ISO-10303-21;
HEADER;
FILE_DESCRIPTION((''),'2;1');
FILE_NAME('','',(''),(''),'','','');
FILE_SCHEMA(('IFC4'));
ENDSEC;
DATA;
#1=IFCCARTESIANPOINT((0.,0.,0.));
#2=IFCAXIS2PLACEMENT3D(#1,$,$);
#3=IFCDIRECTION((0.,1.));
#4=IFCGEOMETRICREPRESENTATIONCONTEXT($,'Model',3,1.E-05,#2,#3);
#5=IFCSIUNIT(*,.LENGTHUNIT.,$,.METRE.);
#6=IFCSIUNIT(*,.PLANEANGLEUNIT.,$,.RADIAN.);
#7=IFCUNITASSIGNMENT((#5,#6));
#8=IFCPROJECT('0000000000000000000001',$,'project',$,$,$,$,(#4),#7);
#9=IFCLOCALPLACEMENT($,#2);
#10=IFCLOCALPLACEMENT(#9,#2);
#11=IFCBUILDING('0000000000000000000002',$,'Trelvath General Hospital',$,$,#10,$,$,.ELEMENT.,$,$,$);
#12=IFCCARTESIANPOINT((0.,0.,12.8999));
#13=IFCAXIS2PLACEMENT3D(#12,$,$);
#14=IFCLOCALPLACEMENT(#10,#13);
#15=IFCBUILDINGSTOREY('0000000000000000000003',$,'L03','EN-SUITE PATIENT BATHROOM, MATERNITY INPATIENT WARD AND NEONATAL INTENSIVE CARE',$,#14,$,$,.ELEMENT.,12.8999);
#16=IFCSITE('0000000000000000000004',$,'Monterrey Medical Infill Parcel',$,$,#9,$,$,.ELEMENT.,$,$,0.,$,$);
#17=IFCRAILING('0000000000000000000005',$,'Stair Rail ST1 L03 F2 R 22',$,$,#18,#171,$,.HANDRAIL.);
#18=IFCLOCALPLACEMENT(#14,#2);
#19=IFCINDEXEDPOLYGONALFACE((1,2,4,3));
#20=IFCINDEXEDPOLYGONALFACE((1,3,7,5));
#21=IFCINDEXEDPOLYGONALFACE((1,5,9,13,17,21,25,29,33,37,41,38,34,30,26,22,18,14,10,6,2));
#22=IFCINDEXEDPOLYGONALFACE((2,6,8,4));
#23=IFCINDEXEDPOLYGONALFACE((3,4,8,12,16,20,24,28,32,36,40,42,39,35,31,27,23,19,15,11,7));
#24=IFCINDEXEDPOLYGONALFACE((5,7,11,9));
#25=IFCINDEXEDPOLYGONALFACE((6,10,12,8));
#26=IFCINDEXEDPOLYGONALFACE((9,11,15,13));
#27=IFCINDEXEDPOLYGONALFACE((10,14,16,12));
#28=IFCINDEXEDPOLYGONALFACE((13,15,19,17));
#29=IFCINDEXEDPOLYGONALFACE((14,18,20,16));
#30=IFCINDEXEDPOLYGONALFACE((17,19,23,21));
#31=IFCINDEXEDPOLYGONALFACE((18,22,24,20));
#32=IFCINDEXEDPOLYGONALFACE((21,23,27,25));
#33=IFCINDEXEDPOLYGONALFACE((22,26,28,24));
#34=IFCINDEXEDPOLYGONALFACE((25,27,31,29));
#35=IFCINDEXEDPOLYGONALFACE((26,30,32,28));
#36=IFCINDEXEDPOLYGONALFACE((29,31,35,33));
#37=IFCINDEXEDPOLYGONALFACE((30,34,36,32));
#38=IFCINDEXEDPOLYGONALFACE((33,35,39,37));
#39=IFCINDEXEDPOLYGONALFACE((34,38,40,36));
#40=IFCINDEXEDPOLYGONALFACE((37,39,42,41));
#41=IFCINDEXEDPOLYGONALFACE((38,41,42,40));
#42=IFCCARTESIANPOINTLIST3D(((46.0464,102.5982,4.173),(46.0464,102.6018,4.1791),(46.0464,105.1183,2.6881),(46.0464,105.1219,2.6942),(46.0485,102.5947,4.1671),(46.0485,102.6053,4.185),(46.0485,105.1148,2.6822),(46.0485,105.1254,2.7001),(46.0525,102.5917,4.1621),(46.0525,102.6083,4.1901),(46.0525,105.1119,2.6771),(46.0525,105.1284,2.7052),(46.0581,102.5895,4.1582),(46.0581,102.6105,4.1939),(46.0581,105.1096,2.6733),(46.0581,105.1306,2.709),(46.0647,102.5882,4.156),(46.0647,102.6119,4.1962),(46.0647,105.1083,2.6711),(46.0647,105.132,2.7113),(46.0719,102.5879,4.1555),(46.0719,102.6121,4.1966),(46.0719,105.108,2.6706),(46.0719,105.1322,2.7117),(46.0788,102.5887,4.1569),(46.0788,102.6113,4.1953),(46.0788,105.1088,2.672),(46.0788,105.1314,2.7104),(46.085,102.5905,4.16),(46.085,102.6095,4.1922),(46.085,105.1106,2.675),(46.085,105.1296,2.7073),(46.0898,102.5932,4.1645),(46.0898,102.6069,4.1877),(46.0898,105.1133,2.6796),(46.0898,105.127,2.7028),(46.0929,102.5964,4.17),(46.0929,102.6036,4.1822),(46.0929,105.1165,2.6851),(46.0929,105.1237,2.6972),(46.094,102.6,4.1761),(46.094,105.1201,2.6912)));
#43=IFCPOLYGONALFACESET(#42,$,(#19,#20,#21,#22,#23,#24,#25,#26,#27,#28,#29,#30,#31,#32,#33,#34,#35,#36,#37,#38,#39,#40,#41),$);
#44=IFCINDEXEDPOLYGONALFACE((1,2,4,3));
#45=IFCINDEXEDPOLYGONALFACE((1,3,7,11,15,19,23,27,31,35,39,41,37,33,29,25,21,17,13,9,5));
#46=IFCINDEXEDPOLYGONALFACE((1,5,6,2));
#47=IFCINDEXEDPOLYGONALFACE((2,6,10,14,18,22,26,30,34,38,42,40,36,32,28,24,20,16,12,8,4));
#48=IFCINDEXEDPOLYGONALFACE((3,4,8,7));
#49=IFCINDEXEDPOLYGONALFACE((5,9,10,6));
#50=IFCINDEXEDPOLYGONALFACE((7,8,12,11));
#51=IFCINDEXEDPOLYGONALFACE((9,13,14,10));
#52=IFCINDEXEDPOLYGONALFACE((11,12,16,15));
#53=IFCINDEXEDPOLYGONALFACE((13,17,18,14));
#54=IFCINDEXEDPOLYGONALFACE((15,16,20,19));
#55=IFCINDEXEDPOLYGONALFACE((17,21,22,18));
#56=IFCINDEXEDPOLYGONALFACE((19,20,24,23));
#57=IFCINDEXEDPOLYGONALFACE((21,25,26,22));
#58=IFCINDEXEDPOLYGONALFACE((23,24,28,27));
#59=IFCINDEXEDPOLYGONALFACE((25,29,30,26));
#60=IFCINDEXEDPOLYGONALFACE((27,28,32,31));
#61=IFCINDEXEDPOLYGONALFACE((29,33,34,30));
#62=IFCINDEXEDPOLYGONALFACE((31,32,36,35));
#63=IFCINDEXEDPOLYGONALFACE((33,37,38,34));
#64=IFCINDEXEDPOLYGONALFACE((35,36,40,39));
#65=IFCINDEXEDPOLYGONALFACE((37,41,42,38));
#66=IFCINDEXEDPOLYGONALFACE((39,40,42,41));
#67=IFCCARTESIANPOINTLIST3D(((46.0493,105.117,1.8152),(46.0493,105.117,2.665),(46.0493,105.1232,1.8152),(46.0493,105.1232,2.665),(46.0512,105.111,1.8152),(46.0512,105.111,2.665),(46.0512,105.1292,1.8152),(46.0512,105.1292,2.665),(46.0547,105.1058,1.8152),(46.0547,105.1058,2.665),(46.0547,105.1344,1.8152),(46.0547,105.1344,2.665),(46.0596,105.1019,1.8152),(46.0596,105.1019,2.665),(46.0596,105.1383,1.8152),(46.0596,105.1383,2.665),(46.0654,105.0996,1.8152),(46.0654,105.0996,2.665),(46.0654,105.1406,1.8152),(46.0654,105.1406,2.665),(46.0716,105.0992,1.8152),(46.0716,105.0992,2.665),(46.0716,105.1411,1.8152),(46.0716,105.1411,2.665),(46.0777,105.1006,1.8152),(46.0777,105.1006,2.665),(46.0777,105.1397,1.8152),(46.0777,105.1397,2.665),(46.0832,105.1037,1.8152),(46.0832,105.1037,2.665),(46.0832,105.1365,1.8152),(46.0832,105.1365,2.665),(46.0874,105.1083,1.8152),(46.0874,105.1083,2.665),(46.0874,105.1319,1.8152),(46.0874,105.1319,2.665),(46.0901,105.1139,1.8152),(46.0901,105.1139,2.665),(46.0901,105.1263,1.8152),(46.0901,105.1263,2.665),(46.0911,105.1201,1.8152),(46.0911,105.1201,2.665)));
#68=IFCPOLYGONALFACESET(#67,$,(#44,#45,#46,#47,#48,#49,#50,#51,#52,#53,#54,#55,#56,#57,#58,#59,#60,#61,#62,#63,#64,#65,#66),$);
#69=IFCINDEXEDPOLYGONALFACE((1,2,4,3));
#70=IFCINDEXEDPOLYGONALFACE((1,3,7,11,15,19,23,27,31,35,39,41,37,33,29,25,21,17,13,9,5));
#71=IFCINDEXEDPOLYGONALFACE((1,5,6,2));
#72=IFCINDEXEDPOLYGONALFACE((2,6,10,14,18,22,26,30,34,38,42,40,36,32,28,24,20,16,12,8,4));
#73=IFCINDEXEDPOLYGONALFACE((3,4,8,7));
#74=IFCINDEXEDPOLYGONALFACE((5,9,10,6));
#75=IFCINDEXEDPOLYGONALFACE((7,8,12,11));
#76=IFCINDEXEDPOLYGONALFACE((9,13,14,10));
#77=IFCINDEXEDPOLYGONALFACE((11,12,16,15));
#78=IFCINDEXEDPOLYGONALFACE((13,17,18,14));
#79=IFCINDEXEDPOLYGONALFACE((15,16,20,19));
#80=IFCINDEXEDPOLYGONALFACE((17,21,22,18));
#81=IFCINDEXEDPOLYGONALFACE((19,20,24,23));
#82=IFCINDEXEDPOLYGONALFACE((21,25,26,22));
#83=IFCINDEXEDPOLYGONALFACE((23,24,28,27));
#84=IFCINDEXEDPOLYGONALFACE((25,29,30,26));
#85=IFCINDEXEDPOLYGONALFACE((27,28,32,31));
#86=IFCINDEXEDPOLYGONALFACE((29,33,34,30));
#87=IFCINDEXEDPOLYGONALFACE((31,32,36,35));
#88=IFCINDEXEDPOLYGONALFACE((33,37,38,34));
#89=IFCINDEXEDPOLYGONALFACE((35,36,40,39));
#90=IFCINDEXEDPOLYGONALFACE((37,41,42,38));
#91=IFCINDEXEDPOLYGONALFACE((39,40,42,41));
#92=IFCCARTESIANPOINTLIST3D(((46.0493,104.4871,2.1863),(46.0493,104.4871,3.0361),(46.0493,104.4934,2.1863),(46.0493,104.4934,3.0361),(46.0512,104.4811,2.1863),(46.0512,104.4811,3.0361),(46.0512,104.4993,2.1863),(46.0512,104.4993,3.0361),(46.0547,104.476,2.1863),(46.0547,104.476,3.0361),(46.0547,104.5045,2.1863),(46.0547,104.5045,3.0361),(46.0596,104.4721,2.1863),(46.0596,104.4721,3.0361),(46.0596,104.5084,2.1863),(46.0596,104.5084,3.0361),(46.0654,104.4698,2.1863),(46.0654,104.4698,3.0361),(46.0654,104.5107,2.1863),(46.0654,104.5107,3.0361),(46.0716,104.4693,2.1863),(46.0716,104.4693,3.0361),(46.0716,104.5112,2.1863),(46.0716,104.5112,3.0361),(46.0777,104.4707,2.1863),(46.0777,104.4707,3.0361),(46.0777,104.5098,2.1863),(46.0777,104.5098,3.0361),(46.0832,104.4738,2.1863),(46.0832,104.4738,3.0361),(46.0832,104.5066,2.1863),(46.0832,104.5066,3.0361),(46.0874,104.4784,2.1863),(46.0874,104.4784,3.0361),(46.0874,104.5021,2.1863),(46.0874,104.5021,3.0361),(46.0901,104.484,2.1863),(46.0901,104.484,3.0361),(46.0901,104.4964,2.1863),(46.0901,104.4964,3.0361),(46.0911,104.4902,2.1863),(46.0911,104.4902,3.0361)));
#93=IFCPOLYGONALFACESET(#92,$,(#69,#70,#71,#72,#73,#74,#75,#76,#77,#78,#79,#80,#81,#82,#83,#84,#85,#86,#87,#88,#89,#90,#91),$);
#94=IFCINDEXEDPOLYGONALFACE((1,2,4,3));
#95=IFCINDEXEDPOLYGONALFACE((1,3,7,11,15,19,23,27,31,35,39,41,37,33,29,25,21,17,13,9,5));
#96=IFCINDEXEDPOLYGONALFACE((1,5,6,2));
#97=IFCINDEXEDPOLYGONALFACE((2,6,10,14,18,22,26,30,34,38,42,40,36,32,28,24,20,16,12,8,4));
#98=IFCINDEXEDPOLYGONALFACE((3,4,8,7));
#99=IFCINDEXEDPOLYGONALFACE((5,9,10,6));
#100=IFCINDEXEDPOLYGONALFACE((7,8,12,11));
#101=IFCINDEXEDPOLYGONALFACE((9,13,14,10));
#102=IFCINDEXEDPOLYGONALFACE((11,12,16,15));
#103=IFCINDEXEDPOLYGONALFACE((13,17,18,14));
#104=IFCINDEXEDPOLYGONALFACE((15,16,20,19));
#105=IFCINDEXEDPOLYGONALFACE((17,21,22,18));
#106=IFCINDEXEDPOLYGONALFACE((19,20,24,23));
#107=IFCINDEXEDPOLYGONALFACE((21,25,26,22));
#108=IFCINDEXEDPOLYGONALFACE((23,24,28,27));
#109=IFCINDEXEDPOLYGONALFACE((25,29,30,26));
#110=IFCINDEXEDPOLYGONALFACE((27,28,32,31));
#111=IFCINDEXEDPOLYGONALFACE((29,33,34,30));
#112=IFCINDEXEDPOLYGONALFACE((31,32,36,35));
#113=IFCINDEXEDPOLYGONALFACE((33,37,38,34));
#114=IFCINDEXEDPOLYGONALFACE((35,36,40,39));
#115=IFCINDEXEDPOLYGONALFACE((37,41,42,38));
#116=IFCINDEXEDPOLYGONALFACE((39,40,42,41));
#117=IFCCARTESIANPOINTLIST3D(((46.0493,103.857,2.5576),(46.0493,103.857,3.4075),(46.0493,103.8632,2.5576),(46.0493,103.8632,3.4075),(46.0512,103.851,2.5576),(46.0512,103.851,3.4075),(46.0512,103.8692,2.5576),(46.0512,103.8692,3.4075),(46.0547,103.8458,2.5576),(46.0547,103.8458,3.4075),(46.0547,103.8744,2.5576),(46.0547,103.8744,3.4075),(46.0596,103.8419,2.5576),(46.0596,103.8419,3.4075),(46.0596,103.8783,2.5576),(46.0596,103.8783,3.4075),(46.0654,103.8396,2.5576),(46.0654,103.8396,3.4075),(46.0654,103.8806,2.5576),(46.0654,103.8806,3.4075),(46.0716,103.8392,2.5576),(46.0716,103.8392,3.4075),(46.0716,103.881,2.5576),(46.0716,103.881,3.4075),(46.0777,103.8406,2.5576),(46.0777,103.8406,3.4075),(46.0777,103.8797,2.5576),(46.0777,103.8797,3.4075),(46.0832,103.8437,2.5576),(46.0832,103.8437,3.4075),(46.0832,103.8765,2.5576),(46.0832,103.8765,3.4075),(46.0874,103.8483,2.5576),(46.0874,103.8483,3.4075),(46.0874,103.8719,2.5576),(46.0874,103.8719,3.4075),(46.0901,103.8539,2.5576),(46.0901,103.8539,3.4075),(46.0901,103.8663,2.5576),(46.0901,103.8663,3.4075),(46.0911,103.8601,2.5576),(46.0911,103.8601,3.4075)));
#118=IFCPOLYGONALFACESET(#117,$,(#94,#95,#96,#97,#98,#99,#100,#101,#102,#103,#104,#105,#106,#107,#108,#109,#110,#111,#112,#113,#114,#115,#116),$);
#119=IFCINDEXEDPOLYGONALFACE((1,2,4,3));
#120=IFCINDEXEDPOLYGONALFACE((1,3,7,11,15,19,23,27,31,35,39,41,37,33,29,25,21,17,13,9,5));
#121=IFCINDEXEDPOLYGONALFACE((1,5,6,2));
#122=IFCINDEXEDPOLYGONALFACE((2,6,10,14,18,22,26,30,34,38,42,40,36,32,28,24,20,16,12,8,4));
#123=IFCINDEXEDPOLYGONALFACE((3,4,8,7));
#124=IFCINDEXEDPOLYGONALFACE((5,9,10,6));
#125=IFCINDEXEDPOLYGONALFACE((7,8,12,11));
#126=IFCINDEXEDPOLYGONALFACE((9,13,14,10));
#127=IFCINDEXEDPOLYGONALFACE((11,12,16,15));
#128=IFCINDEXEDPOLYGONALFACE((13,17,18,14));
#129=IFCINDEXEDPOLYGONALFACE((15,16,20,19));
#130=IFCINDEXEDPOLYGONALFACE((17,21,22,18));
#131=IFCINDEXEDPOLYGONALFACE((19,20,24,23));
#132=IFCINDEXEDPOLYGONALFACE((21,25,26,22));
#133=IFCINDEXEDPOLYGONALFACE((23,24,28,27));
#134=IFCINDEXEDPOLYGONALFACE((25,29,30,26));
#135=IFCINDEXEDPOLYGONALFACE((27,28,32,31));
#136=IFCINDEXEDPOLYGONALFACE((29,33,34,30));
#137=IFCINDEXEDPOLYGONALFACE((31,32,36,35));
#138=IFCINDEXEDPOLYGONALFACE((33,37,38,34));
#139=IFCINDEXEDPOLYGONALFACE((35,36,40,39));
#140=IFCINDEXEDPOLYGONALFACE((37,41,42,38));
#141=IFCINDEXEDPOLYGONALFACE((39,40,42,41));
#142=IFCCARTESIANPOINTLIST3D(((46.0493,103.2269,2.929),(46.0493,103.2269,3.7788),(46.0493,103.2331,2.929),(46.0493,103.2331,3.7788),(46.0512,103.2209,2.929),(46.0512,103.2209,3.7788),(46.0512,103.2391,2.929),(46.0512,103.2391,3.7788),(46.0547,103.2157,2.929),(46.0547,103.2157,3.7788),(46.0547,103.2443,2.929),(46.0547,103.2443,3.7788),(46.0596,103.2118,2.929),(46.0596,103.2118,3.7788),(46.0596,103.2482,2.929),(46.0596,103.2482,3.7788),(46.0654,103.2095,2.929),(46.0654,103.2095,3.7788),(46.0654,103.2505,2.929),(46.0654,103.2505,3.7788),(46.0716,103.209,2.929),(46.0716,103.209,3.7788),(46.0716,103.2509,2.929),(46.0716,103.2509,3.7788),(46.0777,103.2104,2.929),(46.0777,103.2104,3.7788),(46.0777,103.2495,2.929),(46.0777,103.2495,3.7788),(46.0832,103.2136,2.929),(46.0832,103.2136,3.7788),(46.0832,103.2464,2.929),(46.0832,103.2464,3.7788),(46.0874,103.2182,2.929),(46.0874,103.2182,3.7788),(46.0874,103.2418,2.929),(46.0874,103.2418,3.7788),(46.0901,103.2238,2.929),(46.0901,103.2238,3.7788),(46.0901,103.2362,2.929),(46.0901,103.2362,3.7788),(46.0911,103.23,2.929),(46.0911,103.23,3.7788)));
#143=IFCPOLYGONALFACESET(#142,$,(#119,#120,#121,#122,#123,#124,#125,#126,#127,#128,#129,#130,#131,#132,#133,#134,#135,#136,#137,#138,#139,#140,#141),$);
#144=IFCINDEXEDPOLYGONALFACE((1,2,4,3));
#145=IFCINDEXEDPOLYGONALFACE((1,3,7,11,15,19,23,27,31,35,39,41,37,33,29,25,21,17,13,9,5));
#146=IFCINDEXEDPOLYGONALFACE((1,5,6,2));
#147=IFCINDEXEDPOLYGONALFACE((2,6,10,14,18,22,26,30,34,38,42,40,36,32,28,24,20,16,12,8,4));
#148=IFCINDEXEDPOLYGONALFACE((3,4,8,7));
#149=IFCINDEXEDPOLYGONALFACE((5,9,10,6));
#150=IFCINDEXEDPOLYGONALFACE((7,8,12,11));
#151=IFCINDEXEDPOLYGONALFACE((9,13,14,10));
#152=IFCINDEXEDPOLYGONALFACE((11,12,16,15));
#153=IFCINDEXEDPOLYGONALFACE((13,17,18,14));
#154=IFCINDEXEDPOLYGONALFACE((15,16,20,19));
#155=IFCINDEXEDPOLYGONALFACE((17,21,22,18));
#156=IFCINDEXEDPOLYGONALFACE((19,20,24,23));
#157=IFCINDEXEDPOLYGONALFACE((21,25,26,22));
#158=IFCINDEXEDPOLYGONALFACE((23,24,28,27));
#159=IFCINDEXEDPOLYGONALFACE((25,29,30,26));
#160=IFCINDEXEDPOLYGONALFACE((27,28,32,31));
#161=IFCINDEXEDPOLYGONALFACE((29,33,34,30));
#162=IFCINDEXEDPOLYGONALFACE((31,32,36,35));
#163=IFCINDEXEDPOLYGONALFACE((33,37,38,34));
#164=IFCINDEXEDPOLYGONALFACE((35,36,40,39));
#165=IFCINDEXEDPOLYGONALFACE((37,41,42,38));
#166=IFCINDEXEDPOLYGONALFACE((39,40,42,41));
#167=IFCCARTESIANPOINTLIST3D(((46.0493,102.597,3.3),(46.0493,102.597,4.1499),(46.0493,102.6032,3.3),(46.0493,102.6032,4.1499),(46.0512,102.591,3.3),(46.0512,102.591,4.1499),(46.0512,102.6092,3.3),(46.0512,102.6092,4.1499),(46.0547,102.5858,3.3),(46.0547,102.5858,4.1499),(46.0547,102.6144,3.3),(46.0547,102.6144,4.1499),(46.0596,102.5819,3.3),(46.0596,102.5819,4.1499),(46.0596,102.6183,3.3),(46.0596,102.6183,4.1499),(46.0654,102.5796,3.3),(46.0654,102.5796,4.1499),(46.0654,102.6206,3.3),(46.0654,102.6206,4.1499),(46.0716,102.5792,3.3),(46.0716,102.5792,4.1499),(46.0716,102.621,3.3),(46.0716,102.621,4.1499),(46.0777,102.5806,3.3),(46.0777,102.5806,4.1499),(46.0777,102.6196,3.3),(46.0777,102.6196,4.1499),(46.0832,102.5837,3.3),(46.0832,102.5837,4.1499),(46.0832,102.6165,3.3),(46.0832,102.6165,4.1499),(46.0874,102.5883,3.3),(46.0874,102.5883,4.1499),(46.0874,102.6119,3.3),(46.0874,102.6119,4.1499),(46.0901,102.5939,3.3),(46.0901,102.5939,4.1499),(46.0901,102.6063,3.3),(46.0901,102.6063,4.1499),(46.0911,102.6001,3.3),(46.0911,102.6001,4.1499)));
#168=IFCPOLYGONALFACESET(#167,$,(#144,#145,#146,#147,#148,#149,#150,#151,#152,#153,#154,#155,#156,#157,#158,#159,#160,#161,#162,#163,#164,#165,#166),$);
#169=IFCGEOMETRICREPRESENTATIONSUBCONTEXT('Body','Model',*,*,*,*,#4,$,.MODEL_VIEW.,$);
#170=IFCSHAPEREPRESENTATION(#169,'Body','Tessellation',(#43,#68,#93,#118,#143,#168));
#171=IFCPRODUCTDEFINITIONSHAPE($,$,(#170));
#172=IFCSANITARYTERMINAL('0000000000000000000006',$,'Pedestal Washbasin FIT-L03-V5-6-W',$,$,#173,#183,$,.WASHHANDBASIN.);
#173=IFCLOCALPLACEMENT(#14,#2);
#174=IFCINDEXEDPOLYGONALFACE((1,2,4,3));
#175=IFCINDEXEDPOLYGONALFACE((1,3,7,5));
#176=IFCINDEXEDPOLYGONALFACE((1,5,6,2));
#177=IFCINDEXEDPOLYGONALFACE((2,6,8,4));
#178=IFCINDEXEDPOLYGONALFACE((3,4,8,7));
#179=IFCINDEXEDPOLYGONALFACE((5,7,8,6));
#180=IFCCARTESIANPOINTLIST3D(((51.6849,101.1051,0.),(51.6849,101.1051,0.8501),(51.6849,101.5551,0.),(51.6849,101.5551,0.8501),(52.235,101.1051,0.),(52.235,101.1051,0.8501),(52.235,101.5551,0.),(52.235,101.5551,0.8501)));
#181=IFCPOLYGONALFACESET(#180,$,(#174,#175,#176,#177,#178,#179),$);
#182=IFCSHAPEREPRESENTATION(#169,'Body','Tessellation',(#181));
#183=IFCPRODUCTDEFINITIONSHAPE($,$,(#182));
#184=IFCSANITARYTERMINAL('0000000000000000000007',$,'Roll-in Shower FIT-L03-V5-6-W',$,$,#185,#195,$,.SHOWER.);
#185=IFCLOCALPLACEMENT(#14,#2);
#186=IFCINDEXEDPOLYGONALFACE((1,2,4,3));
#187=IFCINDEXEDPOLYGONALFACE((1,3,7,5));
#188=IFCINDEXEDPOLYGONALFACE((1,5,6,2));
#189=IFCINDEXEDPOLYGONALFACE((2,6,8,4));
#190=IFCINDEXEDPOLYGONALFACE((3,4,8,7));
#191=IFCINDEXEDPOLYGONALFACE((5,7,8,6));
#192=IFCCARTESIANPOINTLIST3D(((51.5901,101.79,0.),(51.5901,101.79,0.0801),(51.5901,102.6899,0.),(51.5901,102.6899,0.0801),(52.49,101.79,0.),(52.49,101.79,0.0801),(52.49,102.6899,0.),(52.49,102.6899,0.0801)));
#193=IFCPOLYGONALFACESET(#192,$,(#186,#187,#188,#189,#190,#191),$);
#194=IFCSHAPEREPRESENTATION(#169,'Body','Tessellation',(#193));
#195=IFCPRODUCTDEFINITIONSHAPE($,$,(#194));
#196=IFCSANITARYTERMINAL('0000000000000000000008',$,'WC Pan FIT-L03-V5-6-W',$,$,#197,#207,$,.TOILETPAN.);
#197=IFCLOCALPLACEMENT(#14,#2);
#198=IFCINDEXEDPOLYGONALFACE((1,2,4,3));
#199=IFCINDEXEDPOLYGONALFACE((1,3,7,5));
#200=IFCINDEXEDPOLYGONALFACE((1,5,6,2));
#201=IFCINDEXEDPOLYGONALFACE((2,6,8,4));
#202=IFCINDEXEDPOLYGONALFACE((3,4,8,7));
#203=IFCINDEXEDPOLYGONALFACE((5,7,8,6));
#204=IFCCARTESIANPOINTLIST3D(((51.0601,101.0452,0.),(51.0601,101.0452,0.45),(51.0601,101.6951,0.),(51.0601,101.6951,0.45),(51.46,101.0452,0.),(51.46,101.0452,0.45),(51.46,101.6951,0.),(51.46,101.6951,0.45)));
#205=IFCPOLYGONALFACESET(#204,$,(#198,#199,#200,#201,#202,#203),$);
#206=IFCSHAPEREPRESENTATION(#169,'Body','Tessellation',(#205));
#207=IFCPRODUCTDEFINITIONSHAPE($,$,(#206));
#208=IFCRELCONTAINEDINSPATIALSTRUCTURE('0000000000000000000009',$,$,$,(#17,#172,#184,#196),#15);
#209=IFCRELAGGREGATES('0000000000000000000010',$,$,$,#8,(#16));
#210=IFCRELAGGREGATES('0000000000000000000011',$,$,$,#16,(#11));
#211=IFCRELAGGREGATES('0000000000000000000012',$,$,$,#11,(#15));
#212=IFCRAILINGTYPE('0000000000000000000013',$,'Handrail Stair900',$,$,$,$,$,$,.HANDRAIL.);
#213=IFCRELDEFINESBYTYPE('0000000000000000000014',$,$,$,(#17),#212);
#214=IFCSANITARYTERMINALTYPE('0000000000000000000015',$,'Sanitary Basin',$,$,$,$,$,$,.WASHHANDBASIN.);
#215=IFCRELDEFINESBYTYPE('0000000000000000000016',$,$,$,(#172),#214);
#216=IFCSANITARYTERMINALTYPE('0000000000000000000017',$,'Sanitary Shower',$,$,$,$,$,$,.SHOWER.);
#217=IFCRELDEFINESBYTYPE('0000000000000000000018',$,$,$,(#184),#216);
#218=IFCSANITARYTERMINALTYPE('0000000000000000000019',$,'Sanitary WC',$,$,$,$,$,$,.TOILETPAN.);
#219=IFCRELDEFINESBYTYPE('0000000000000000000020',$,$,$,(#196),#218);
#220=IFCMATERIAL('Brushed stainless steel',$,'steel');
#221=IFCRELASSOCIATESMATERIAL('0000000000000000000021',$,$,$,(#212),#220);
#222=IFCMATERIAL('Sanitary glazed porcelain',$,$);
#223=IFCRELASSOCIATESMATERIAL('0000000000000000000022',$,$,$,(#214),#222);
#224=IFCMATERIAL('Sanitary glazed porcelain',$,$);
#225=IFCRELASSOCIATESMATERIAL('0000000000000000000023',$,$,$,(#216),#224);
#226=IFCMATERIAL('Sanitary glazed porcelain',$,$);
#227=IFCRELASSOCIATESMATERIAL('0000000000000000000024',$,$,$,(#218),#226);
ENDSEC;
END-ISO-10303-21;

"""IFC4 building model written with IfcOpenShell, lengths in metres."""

from ifc_helpers import new_model, si_unit, direction, frame, origin, origin_2d, place, context, subcontext, project, spatial, rectangle, circle, extrude, material, type_object, element, save


model = new_model("IFC4")

# Units and contexts
model_context = context("Model", 3, precision=1e-05, world=origin(), true_north=direction((0.0, 1.0)))
body_context = subcontext(model_context, "Body", "Model", "MODEL_VIEW")
ifc_project = project(units=[si_unit("LENGTHUNIT", "METRE"), si_unit("PLANEANGLEUNIT", "RADIAN")], contexts=[model_context])

# Site, building, storey
site_placement = place(None, origin())
site = spatial("IfcSite", under=ifc_project, at=site_placement, Name="Monterrey Medical Infill Parcel", CompositionType="ELEMENT", RefElevation=0.0)
building_placement = place(site_placement, origin())
building = spatial("IfcBuilding", under=site, at=building_placement, Name="Trelvath General Hospital", CompositionType="ELEMENT")
storey_placement = place(building_placement, frame((0.0, 0.0, 12.8999)))
storey = spatial("IfcBuildingStorey", under=building, at=storey_placement, Name="L03", Description="EN-SUITE PATIENT BATHROOM, MATERNITY INPATIENT WARD AND NEONATAL INTENSIVE CARE", CompositionType="ELEMENT", Elevation=12.8999)

# Railing
ifc_material_1 = material(Name="Brushed stainless steel", Category="steel")
railing_type_1 = type_object("IfcRailingType", Name="Handrail Stair900", PredefinedType="HANDRAIL", material=ifc_material_1)
railing_1_placement = place(storey_placement, frame((46.0701, 105.1201, 1.8152)))
element("IfcRailing", 1, at=railing_1_placement, inside=storey, type_object=railing_type_1, Name="Stair Rail ST1 L03 F2 R 22", PredefinedType="HANDRAIL", context=body_context, shape_type="SweptSolid", body=[
    extrude(circle(Radius=0.0239, at=origin_2d()), frame((0.0, 0.0, 0.876), z_axis=(0.0, -0.861561, 0.507655), x_axis=(1.0, 0.0, 0.0)), (0.0, 0.0, 1.0), 2.925),
    extrude(circle(Radius=0.021, at=origin_2d()), origin(), (0.0, 0.0, 1.0), 0.8499),
    extrude(circle(Radius=0.021, at=origin_2d()), frame((0.0, -0.6299, 0.3711)), (0.0, 0.0, 1.0), 0.8499),
    extrude(circle(Radius=0.021, at=origin_2d()), frame((0.0, -1.26, 0.7424)), (0.0, 0.0, 1.0), 0.8499),
    extrude(circle(Radius=0.021, at=origin_2d()), frame((0.0, -1.8901, 1.1138)), (0.0, 0.0, 1.0), 0.8499),
    extrude(circle(Radius=0.021, at=origin_2d()), frame((0.0, -2.52, 1.4849)), (0.0, 0.0, 1.0), 0.8499),
])

# Sanitary terminals
ifc_material_2 = material(Name="Sanitary glazed porcelain")
sanitary_terminal_type_1 = type_object("IfcSanitaryTerminalType", Name="Sanitary Basin", PredefinedType="WASHHANDBASIN", material=ifc_material_2)
sanitary_terminal_1_placement = place(storey_placement, frame((51.96, 101.3301, 0.0), z_axis=(0.0, 0.0, 1.0), x_axis=(1.0, 0.0, 0.0)))
element("IfcSanitaryTerminal", 2, at=sanitary_terminal_1_placement, inside=storey, type_object=sanitary_terminal_type_1, Name="Pedestal Washbasin FIT-L03-V5-6-W", PredefinedType="WASHHANDBASIN", context=body_context, shape_type="SweptSolid", body=[
    extrude(rectangle(XDim=0.55, YDim=0.45, at=origin_2d()), origin(), (0.0, 0.0, 1.0), 0.8501),
])
ifc_material_3 = material(Name="Sanitary glazed porcelain")
sanitary_terminal_type_2 = type_object("IfcSanitaryTerminalType", Name="Sanitary Shower", PredefinedType="SHOWER", material=ifc_material_3)
sanitary_terminal_2_placement = place(storey_placement, frame((52.04, 102.24, 0.0), z_axis=(0.0, 0.0, 1.0), x_axis=(1.0, 0.0, 0.0)))
element("IfcSanitaryTerminal", 3, at=sanitary_terminal_2_placement, inside=storey, type_object=sanitary_terminal_type_2, Name="Roll-in Shower FIT-L03-V5-6-W", PredefinedType="SHOWER", context=body_context, shape_type="SweptSolid", body=[
    extrude(rectangle(XDim=0.8999, YDim=0.8999, at=origin_2d()), origin(), (0.0, 0.0, 1.0), 0.0801),
])
ifc_material_4 = material(Name="Sanitary glazed porcelain")
sanitary_terminal_type_3 = type_object("IfcSanitaryTerminalType", Name="Sanitary WC", PredefinedType="TOILETPAN", material=ifc_material_4)
sanitary_terminal_3_placement = place(storey_placement, frame((51.26, 101.3701, 0.0), z_axis=(0.0, 0.0, 1.0), x_axis=(1.0, 0.0, 0.0)))
element("IfcSanitaryTerminal", 4, at=sanitary_terminal_3_placement, inside=storey, type_object=sanitary_terminal_type_3, Name="WC Pan FIT-L03-V5-6-W", PredefinedType="TOILETPAN", context=body_context, shape_type="SweptSolid", body=[
    extrude(rectangle(XDim=0.3999, YDim=0.6499, at=origin_2d()), origin(), (0.0, 0.0, 1.0), 0.45),
])

save(model, "model.ifc")
